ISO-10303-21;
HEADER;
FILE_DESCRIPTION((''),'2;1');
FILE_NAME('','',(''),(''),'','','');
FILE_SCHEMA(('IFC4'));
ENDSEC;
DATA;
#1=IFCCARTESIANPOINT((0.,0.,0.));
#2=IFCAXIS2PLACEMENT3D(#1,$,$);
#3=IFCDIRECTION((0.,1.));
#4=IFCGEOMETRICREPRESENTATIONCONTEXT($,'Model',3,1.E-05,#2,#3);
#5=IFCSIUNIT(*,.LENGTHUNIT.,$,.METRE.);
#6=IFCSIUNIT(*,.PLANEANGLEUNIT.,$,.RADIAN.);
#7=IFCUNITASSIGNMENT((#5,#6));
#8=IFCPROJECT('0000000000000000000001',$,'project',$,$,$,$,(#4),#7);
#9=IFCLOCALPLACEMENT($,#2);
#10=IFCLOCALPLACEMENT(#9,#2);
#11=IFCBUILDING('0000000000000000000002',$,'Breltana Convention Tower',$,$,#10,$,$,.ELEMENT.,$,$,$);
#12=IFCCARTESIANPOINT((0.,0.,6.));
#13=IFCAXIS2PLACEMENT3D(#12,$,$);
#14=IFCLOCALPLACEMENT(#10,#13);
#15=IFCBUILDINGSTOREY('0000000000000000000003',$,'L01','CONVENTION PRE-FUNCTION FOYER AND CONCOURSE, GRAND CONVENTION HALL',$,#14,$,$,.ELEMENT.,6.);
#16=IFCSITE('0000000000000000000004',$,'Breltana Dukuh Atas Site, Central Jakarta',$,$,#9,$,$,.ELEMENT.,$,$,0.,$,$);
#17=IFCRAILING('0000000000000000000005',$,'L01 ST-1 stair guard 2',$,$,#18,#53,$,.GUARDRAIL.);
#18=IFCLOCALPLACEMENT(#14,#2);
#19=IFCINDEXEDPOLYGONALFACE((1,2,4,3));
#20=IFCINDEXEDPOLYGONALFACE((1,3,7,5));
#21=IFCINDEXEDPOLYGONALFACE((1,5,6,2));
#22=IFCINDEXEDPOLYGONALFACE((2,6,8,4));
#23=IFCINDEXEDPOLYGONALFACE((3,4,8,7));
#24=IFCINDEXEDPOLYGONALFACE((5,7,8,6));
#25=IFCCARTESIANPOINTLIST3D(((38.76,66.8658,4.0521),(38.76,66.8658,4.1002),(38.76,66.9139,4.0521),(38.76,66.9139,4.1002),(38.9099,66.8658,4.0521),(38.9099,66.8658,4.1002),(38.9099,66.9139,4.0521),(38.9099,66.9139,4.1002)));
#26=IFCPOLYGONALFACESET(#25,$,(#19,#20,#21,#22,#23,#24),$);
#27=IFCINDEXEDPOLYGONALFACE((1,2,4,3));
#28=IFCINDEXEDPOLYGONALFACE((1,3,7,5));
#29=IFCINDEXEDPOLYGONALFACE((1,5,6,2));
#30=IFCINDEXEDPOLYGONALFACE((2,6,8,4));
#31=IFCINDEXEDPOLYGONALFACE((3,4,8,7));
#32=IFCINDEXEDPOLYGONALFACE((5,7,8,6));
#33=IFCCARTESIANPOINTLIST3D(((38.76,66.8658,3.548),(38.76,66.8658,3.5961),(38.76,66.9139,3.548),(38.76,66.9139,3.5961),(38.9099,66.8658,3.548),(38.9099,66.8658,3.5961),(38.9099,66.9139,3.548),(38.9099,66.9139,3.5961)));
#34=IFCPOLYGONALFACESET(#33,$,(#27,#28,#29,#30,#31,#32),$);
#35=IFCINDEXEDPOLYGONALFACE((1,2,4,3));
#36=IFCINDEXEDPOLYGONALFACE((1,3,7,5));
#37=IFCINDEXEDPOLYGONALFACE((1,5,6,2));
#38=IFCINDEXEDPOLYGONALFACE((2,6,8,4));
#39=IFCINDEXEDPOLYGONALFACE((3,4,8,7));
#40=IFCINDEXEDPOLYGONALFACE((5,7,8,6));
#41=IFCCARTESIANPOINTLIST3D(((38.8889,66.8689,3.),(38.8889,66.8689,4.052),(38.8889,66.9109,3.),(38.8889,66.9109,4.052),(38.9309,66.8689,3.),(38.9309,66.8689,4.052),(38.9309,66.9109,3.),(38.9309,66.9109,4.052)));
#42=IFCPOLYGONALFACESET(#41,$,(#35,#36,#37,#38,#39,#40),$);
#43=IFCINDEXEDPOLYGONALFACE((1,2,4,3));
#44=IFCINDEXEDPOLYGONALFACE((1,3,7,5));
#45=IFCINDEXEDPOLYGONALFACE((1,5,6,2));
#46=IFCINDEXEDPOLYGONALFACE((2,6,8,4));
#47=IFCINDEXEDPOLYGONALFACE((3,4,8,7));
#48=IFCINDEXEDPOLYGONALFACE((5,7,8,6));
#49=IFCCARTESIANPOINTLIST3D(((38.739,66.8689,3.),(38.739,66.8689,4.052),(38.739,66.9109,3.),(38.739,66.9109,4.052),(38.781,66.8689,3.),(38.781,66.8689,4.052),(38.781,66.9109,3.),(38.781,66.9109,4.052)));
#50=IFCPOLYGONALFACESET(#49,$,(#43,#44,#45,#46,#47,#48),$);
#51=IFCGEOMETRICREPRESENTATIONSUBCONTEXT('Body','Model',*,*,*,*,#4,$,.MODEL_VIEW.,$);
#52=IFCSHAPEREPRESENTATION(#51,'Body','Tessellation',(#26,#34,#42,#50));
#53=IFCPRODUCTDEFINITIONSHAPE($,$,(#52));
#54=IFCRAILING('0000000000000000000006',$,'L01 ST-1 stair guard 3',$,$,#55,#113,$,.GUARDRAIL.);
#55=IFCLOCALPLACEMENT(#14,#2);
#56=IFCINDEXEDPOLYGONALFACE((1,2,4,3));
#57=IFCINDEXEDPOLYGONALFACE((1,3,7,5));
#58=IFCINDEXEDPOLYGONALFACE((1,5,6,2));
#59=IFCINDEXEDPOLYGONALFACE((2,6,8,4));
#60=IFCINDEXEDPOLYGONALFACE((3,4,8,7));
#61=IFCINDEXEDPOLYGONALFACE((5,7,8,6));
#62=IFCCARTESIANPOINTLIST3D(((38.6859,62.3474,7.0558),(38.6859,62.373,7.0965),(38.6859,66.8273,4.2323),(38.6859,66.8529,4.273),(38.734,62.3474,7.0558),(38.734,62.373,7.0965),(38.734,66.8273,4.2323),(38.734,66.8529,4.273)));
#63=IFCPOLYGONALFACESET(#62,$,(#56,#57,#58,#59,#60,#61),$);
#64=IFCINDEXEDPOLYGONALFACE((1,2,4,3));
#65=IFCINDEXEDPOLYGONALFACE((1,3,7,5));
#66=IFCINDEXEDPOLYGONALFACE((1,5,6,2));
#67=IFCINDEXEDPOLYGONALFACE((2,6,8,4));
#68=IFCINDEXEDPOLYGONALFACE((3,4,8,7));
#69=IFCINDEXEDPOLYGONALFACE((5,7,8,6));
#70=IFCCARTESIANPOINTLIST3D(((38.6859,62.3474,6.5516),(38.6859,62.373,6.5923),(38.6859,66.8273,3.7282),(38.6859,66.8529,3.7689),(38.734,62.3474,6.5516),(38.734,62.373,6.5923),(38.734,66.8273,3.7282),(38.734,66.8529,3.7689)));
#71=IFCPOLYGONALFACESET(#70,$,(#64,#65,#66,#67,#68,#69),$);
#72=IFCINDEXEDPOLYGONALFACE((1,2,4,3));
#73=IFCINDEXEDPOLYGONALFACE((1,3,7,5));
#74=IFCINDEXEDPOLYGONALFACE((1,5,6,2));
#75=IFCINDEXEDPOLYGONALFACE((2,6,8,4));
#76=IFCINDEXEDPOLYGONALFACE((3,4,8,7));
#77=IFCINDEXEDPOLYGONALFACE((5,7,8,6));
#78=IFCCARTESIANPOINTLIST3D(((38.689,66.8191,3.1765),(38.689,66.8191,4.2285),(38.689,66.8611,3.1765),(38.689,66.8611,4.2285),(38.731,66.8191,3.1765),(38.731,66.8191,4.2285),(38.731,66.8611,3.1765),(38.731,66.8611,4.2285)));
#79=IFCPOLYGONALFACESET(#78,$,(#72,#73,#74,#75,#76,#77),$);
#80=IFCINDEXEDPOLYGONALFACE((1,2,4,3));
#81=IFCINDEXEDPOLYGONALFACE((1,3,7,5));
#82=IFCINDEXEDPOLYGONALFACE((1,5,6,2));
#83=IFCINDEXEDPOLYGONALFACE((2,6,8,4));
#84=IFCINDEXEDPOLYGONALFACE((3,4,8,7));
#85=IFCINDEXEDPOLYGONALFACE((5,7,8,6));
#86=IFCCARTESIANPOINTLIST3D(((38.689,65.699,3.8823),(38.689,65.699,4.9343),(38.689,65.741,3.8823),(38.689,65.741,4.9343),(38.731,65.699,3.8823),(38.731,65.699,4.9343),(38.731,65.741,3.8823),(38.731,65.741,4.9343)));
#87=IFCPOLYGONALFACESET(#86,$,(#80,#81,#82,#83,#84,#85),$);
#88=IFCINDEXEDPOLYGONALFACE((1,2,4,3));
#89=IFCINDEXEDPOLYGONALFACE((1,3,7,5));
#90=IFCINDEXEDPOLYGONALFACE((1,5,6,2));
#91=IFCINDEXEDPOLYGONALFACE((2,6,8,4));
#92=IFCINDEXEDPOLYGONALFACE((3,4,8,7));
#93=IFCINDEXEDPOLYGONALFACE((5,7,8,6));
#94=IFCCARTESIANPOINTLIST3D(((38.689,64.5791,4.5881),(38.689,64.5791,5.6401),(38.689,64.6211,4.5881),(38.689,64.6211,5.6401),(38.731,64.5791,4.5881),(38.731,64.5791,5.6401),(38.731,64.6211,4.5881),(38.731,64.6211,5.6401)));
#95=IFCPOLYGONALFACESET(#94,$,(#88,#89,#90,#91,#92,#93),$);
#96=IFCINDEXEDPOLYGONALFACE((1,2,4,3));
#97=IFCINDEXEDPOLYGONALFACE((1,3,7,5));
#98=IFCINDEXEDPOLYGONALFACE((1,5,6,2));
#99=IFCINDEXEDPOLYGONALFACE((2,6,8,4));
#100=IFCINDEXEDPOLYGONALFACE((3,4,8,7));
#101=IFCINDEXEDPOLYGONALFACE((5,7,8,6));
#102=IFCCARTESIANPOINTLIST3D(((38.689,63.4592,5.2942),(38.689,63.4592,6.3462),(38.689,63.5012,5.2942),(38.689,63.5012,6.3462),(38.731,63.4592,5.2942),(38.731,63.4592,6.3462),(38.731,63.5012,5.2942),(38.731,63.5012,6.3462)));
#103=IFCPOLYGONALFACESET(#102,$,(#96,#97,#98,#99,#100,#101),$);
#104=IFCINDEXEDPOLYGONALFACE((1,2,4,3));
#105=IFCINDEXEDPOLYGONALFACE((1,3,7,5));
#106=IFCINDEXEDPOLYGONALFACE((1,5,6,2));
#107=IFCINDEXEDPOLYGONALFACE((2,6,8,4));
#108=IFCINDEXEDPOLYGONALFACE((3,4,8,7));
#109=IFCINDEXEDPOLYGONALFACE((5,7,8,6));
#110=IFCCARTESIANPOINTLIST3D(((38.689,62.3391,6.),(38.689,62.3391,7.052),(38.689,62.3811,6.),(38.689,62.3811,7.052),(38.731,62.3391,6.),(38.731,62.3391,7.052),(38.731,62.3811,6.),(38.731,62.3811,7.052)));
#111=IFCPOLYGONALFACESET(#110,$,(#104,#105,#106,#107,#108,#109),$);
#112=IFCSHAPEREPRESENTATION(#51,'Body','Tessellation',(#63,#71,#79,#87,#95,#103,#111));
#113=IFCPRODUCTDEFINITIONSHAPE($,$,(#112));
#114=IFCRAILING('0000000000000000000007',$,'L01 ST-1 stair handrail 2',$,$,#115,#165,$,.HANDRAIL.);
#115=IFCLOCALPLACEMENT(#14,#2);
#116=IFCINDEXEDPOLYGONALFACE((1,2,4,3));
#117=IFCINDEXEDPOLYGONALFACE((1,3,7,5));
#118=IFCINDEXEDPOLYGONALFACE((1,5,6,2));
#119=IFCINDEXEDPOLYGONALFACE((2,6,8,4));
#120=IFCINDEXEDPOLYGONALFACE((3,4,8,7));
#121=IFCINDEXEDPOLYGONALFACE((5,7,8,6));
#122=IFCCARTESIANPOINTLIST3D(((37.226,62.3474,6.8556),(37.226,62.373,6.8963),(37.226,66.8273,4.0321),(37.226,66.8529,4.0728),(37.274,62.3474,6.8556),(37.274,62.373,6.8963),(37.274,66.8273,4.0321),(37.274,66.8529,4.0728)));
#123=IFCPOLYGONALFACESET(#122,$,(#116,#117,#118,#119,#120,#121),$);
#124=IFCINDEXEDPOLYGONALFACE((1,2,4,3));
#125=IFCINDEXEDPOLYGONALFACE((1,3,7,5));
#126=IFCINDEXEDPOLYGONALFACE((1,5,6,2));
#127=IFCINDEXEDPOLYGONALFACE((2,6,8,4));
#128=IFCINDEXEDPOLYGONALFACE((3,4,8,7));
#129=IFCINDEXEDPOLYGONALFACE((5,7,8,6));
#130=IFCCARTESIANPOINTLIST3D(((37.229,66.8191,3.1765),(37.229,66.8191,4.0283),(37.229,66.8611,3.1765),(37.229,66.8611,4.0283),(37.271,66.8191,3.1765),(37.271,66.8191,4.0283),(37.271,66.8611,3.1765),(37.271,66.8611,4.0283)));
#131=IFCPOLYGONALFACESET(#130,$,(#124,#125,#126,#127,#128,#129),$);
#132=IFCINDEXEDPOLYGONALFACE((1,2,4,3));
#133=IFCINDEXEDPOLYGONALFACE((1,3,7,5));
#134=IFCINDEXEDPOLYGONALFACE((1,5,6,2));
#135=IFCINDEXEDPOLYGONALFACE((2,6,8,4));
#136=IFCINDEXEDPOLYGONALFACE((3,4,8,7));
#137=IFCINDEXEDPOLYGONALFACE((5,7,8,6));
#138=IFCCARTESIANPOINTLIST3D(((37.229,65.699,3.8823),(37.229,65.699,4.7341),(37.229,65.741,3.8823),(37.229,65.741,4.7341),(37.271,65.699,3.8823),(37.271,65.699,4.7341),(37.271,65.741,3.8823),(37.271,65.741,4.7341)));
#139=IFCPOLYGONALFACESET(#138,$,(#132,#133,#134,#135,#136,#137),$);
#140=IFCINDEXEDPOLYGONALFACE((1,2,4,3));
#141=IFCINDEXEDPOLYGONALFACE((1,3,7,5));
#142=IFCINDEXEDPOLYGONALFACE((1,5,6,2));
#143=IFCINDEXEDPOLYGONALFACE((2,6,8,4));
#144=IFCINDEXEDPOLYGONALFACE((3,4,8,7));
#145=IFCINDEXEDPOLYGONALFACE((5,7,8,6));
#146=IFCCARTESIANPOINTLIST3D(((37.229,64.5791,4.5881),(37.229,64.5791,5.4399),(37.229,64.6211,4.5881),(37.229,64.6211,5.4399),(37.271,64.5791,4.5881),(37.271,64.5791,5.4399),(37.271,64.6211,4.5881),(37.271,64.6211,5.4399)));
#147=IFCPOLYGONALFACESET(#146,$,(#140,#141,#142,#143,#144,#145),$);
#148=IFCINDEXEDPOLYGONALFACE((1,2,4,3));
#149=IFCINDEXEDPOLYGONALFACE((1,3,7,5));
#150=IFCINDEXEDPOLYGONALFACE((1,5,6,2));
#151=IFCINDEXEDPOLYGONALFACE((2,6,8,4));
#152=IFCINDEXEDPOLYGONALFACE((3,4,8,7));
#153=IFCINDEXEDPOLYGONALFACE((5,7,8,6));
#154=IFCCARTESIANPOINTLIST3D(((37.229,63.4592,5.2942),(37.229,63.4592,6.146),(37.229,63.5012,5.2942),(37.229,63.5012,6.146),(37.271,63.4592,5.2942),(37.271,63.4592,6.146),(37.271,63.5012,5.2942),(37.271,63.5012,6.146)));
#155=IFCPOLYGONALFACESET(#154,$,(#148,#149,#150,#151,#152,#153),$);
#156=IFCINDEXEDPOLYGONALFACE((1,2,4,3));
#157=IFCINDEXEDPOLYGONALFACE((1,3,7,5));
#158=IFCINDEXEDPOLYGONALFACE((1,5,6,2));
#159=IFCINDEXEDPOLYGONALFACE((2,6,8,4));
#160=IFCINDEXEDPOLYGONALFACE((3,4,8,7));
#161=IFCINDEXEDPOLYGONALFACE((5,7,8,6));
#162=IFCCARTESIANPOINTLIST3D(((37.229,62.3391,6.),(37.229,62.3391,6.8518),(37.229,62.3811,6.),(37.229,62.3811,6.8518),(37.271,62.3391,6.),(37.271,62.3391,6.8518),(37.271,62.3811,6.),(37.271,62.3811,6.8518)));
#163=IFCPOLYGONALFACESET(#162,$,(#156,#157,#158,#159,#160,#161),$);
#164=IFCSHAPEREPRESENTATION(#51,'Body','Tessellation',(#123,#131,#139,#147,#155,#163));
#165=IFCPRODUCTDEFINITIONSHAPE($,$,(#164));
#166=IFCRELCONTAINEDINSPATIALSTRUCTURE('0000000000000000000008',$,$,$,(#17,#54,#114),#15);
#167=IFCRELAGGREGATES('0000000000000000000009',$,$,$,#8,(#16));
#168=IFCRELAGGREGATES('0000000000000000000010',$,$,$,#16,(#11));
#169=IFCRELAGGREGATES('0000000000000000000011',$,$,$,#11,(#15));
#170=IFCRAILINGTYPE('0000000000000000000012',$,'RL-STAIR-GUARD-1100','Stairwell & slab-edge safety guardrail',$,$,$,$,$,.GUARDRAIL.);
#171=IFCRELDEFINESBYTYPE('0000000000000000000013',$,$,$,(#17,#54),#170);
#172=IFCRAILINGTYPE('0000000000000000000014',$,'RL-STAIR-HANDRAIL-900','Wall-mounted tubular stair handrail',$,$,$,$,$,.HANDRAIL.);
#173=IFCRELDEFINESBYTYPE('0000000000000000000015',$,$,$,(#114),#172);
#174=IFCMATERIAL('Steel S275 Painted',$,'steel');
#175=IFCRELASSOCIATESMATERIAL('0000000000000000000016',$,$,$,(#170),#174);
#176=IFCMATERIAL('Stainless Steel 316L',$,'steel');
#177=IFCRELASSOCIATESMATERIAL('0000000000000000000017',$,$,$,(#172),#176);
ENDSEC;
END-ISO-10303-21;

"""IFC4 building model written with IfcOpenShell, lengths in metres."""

from ifc_helpers import new_model, si_unit, direction, frame, origin, origin_2d, place, context, subcontext, project, spatial, rectangle, extrude, material, type_object, element, save


model = new_model("IFC4")

# Units and contexts
model_context = context("Model", 3, precision=1e-05, world=origin(), true_north=direction((0.0, 1.0)))
body_context = subcontext(model_context, "Body", "Model", "MODEL_VIEW")
ifc_project = project(units=[si_unit("LENGTHUNIT", "METRE"), si_unit("PLANEANGLEUNIT", "RADIAN")], contexts=[model_context])

# Site, building, storey
site_placement = place(None, origin())
site = spatial("IfcSite", under=ifc_project, at=site_placement, Name="Breltana Dukuh Atas Site, Central Jakarta", CompositionType="ELEMENT", RefElevation=0.0)
building_placement = place(site_placement, origin())
building = spatial("IfcBuilding", under=site, at=building_placement, Name="Breltana Convention Tower", CompositionType="ELEMENT")
storey_placement = place(building_placement, frame((0.0, 0.0, 6.0)))
storey = spatial("IfcBuildingStorey", under=building, at=storey_placement, Name="L01", Description="CONVENTION PRE-FUNCTION FOYER AND CONCOURSE, GRAND CONVENTION HALL", CompositionType="ELEMENT", Elevation=6.0)

# Railings
ifc_material_1 = material(Name="Steel S275 Painted", Category="steel")
railing_type_1 = type_object("IfcRailingType", Name="RL-STAIR-GUARD-1100", Description="Stairwell & slab-edge safety guardrail", PredefinedType="GUARDRAIL", material=ifc_material_1)
railing_1_placement = place(storey_placement, frame((38.9099, 66.8899, 3.0)))
element("IfcRailing", 1, at=railing_1_placement, inside=storey, type_object=railing_type_1, Name="L01 ST-1 stair guard 2", PredefinedType="GUARDRAIL", context=body_context, shape_type="SweptSolid", body=[
    extrude(rectangle(XDim=0.0481, YDim=0.0481, at=origin_2d()), frame((0.0, 0.0, 1.0762), z_axis=(-1.0, 0.0, 0.0), x_axis=(0.0, -1.0, 0.0)), (0.0, 0.0, 1.0), 0.1499),
    extrude(rectangle(XDim=0.0481, YDim=0.0481, at=origin_2d()), frame((0.0, 0.0, 0.572), z_axis=(-1.0, 0.0, 0.0), x_axis=(0.0, -1.0, 0.0)), (0.0, 0.0, 1.0), 0.1499),
    extrude(rectangle(XDim=0.042, YDim=0.042, at=origin_2d()), origin(), (0.0, 0.0, 1.0), 1.052),
    extrude(rectangle(XDim=0.042, YDim=0.042, at=origin_2d()), frame((-0.1499, 0.0, 0.0)), (0.0, 0.0, 1.0), 1.052),
])
railing_2_placement = place(storey_placement, frame((38.71, 66.8401, 3.1765)))
element("IfcRailing", 2, at=railing_2_placement, inside=storey, type_object=railing_type_1, Name="L01 ST-1 stair guard 3", PredefinedType="GUARDRAIL", context=body_context, shape_type="SweptSolid", body=[
    extrude(rectangle(XDim=0.0481, YDim=0.0481, at=origin_2d()), frame((0.0, 0.0, 1.0762), z_axis=(0.0, -0.845998, 0.533186), x_axis=(1.0, 0.0, 0.0)), (0.0, 0.0, 1.0), 5.2954),
    extrude(rectangle(XDim=0.0481, YDim=0.0481, at=origin_2d()), frame((0.0, 0.0, 0.572), z_axis=(0.0, -0.845998, 0.533186), x_axis=(1.0, 0.0, 0.0)), (0.0, 0.0, 1.0), 5.2954),
    extrude(rectangle(XDim=0.042, YDim=0.042, at=origin_2d()), origin(), (0.0, 0.0, 1.0), 1.052),
    extrude(rectangle(XDim=0.042, YDim=0.042, at=origin_2d()), frame((0.0, -1.1201, 0.7058)), (0.0, 0.0, 1.0), 1.052),
    extrude(rectangle(XDim=0.042, YDim=0.042, at=origin_2d()), frame((0.0, -2.24, 1.4116)), (0.0, 0.0, 1.0), 1.052),
    extrude(rectangle(XDim=0.042, YDim=0.042, at=origin_2d()), frame((0.0, -3.3599, 2.1177)), (0.0, 0.0, 1.0), 1.052),
    extrude(rectangle(XDim=0.042, YDim=0.042, at=origin_2d()), frame((0.0, -4.48, 2.8235)), (0.0, 0.0, 1.0), 1.052),
])
ifc_material_2 = material(Name="Stainless Steel 316L", Category="steel")
railing_type_2 = type_object("IfcRailingType", Name="RL-STAIR-HANDRAIL-900", Description="Wall-mounted tubular stair handrail", PredefinedType="HANDRAIL", material=ifc_material_2)
railing_3_placement = place(storey_placement, frame((37.25, 66.8401, 3.1765)))
element("IfcRailing", 3, at=railing_3_placement, inside=storey, type_object=railing_type_2, Name="L01 ST-1 stair handrail 2", PredefinedType="HANDRAIL", context=body_context, shape_type="SweptSolid", body=[
    extrude(rectangle(XDim=0.0481, YDim=0.0481, at=origin_2d()), frame((0.0, 0.0, 0.876), z_axis=(0.0, -0.845998, 0.533186), x_axis=(1.0, 0.0, 0.0)), (0.0, 0.0, 1.0), 5.2954),
    extrude(rectangle(XDim=0.042, YDim=0.042, at=origin_2d()), origin(), (0.0, 0.0, 1.0), 0.8518),
    extrude(rectangle(XDim=0.042, YDim=0.042, at=origin_2d()), frame((0.0, -1.1201, 0.7058)), (0.0, 0.0, 1.0), 0.8518),
    extrude(rectangle(XDim=0.042, YDim=0.042, at=origin_2d()), frame((0.0, -2.24, 1.4116)), (0.0, 0.0, 1.0), 0.8518),
    extrude(rectangle(XDim=0.042, YDim=0.042, at=origin_2d()), frame((0.0, -3.3599, 2.1177)), (0.0, 0.0, 1.0), 0.8518),
    extrude(rectangle(XDim=0.042, YDim=0.042, at=origin_2d()), frame((0.0, -4.48, 2.8235)), (0.0, 0.0, 1.0), 0.8518),
])

save(model, "model.ifc")
